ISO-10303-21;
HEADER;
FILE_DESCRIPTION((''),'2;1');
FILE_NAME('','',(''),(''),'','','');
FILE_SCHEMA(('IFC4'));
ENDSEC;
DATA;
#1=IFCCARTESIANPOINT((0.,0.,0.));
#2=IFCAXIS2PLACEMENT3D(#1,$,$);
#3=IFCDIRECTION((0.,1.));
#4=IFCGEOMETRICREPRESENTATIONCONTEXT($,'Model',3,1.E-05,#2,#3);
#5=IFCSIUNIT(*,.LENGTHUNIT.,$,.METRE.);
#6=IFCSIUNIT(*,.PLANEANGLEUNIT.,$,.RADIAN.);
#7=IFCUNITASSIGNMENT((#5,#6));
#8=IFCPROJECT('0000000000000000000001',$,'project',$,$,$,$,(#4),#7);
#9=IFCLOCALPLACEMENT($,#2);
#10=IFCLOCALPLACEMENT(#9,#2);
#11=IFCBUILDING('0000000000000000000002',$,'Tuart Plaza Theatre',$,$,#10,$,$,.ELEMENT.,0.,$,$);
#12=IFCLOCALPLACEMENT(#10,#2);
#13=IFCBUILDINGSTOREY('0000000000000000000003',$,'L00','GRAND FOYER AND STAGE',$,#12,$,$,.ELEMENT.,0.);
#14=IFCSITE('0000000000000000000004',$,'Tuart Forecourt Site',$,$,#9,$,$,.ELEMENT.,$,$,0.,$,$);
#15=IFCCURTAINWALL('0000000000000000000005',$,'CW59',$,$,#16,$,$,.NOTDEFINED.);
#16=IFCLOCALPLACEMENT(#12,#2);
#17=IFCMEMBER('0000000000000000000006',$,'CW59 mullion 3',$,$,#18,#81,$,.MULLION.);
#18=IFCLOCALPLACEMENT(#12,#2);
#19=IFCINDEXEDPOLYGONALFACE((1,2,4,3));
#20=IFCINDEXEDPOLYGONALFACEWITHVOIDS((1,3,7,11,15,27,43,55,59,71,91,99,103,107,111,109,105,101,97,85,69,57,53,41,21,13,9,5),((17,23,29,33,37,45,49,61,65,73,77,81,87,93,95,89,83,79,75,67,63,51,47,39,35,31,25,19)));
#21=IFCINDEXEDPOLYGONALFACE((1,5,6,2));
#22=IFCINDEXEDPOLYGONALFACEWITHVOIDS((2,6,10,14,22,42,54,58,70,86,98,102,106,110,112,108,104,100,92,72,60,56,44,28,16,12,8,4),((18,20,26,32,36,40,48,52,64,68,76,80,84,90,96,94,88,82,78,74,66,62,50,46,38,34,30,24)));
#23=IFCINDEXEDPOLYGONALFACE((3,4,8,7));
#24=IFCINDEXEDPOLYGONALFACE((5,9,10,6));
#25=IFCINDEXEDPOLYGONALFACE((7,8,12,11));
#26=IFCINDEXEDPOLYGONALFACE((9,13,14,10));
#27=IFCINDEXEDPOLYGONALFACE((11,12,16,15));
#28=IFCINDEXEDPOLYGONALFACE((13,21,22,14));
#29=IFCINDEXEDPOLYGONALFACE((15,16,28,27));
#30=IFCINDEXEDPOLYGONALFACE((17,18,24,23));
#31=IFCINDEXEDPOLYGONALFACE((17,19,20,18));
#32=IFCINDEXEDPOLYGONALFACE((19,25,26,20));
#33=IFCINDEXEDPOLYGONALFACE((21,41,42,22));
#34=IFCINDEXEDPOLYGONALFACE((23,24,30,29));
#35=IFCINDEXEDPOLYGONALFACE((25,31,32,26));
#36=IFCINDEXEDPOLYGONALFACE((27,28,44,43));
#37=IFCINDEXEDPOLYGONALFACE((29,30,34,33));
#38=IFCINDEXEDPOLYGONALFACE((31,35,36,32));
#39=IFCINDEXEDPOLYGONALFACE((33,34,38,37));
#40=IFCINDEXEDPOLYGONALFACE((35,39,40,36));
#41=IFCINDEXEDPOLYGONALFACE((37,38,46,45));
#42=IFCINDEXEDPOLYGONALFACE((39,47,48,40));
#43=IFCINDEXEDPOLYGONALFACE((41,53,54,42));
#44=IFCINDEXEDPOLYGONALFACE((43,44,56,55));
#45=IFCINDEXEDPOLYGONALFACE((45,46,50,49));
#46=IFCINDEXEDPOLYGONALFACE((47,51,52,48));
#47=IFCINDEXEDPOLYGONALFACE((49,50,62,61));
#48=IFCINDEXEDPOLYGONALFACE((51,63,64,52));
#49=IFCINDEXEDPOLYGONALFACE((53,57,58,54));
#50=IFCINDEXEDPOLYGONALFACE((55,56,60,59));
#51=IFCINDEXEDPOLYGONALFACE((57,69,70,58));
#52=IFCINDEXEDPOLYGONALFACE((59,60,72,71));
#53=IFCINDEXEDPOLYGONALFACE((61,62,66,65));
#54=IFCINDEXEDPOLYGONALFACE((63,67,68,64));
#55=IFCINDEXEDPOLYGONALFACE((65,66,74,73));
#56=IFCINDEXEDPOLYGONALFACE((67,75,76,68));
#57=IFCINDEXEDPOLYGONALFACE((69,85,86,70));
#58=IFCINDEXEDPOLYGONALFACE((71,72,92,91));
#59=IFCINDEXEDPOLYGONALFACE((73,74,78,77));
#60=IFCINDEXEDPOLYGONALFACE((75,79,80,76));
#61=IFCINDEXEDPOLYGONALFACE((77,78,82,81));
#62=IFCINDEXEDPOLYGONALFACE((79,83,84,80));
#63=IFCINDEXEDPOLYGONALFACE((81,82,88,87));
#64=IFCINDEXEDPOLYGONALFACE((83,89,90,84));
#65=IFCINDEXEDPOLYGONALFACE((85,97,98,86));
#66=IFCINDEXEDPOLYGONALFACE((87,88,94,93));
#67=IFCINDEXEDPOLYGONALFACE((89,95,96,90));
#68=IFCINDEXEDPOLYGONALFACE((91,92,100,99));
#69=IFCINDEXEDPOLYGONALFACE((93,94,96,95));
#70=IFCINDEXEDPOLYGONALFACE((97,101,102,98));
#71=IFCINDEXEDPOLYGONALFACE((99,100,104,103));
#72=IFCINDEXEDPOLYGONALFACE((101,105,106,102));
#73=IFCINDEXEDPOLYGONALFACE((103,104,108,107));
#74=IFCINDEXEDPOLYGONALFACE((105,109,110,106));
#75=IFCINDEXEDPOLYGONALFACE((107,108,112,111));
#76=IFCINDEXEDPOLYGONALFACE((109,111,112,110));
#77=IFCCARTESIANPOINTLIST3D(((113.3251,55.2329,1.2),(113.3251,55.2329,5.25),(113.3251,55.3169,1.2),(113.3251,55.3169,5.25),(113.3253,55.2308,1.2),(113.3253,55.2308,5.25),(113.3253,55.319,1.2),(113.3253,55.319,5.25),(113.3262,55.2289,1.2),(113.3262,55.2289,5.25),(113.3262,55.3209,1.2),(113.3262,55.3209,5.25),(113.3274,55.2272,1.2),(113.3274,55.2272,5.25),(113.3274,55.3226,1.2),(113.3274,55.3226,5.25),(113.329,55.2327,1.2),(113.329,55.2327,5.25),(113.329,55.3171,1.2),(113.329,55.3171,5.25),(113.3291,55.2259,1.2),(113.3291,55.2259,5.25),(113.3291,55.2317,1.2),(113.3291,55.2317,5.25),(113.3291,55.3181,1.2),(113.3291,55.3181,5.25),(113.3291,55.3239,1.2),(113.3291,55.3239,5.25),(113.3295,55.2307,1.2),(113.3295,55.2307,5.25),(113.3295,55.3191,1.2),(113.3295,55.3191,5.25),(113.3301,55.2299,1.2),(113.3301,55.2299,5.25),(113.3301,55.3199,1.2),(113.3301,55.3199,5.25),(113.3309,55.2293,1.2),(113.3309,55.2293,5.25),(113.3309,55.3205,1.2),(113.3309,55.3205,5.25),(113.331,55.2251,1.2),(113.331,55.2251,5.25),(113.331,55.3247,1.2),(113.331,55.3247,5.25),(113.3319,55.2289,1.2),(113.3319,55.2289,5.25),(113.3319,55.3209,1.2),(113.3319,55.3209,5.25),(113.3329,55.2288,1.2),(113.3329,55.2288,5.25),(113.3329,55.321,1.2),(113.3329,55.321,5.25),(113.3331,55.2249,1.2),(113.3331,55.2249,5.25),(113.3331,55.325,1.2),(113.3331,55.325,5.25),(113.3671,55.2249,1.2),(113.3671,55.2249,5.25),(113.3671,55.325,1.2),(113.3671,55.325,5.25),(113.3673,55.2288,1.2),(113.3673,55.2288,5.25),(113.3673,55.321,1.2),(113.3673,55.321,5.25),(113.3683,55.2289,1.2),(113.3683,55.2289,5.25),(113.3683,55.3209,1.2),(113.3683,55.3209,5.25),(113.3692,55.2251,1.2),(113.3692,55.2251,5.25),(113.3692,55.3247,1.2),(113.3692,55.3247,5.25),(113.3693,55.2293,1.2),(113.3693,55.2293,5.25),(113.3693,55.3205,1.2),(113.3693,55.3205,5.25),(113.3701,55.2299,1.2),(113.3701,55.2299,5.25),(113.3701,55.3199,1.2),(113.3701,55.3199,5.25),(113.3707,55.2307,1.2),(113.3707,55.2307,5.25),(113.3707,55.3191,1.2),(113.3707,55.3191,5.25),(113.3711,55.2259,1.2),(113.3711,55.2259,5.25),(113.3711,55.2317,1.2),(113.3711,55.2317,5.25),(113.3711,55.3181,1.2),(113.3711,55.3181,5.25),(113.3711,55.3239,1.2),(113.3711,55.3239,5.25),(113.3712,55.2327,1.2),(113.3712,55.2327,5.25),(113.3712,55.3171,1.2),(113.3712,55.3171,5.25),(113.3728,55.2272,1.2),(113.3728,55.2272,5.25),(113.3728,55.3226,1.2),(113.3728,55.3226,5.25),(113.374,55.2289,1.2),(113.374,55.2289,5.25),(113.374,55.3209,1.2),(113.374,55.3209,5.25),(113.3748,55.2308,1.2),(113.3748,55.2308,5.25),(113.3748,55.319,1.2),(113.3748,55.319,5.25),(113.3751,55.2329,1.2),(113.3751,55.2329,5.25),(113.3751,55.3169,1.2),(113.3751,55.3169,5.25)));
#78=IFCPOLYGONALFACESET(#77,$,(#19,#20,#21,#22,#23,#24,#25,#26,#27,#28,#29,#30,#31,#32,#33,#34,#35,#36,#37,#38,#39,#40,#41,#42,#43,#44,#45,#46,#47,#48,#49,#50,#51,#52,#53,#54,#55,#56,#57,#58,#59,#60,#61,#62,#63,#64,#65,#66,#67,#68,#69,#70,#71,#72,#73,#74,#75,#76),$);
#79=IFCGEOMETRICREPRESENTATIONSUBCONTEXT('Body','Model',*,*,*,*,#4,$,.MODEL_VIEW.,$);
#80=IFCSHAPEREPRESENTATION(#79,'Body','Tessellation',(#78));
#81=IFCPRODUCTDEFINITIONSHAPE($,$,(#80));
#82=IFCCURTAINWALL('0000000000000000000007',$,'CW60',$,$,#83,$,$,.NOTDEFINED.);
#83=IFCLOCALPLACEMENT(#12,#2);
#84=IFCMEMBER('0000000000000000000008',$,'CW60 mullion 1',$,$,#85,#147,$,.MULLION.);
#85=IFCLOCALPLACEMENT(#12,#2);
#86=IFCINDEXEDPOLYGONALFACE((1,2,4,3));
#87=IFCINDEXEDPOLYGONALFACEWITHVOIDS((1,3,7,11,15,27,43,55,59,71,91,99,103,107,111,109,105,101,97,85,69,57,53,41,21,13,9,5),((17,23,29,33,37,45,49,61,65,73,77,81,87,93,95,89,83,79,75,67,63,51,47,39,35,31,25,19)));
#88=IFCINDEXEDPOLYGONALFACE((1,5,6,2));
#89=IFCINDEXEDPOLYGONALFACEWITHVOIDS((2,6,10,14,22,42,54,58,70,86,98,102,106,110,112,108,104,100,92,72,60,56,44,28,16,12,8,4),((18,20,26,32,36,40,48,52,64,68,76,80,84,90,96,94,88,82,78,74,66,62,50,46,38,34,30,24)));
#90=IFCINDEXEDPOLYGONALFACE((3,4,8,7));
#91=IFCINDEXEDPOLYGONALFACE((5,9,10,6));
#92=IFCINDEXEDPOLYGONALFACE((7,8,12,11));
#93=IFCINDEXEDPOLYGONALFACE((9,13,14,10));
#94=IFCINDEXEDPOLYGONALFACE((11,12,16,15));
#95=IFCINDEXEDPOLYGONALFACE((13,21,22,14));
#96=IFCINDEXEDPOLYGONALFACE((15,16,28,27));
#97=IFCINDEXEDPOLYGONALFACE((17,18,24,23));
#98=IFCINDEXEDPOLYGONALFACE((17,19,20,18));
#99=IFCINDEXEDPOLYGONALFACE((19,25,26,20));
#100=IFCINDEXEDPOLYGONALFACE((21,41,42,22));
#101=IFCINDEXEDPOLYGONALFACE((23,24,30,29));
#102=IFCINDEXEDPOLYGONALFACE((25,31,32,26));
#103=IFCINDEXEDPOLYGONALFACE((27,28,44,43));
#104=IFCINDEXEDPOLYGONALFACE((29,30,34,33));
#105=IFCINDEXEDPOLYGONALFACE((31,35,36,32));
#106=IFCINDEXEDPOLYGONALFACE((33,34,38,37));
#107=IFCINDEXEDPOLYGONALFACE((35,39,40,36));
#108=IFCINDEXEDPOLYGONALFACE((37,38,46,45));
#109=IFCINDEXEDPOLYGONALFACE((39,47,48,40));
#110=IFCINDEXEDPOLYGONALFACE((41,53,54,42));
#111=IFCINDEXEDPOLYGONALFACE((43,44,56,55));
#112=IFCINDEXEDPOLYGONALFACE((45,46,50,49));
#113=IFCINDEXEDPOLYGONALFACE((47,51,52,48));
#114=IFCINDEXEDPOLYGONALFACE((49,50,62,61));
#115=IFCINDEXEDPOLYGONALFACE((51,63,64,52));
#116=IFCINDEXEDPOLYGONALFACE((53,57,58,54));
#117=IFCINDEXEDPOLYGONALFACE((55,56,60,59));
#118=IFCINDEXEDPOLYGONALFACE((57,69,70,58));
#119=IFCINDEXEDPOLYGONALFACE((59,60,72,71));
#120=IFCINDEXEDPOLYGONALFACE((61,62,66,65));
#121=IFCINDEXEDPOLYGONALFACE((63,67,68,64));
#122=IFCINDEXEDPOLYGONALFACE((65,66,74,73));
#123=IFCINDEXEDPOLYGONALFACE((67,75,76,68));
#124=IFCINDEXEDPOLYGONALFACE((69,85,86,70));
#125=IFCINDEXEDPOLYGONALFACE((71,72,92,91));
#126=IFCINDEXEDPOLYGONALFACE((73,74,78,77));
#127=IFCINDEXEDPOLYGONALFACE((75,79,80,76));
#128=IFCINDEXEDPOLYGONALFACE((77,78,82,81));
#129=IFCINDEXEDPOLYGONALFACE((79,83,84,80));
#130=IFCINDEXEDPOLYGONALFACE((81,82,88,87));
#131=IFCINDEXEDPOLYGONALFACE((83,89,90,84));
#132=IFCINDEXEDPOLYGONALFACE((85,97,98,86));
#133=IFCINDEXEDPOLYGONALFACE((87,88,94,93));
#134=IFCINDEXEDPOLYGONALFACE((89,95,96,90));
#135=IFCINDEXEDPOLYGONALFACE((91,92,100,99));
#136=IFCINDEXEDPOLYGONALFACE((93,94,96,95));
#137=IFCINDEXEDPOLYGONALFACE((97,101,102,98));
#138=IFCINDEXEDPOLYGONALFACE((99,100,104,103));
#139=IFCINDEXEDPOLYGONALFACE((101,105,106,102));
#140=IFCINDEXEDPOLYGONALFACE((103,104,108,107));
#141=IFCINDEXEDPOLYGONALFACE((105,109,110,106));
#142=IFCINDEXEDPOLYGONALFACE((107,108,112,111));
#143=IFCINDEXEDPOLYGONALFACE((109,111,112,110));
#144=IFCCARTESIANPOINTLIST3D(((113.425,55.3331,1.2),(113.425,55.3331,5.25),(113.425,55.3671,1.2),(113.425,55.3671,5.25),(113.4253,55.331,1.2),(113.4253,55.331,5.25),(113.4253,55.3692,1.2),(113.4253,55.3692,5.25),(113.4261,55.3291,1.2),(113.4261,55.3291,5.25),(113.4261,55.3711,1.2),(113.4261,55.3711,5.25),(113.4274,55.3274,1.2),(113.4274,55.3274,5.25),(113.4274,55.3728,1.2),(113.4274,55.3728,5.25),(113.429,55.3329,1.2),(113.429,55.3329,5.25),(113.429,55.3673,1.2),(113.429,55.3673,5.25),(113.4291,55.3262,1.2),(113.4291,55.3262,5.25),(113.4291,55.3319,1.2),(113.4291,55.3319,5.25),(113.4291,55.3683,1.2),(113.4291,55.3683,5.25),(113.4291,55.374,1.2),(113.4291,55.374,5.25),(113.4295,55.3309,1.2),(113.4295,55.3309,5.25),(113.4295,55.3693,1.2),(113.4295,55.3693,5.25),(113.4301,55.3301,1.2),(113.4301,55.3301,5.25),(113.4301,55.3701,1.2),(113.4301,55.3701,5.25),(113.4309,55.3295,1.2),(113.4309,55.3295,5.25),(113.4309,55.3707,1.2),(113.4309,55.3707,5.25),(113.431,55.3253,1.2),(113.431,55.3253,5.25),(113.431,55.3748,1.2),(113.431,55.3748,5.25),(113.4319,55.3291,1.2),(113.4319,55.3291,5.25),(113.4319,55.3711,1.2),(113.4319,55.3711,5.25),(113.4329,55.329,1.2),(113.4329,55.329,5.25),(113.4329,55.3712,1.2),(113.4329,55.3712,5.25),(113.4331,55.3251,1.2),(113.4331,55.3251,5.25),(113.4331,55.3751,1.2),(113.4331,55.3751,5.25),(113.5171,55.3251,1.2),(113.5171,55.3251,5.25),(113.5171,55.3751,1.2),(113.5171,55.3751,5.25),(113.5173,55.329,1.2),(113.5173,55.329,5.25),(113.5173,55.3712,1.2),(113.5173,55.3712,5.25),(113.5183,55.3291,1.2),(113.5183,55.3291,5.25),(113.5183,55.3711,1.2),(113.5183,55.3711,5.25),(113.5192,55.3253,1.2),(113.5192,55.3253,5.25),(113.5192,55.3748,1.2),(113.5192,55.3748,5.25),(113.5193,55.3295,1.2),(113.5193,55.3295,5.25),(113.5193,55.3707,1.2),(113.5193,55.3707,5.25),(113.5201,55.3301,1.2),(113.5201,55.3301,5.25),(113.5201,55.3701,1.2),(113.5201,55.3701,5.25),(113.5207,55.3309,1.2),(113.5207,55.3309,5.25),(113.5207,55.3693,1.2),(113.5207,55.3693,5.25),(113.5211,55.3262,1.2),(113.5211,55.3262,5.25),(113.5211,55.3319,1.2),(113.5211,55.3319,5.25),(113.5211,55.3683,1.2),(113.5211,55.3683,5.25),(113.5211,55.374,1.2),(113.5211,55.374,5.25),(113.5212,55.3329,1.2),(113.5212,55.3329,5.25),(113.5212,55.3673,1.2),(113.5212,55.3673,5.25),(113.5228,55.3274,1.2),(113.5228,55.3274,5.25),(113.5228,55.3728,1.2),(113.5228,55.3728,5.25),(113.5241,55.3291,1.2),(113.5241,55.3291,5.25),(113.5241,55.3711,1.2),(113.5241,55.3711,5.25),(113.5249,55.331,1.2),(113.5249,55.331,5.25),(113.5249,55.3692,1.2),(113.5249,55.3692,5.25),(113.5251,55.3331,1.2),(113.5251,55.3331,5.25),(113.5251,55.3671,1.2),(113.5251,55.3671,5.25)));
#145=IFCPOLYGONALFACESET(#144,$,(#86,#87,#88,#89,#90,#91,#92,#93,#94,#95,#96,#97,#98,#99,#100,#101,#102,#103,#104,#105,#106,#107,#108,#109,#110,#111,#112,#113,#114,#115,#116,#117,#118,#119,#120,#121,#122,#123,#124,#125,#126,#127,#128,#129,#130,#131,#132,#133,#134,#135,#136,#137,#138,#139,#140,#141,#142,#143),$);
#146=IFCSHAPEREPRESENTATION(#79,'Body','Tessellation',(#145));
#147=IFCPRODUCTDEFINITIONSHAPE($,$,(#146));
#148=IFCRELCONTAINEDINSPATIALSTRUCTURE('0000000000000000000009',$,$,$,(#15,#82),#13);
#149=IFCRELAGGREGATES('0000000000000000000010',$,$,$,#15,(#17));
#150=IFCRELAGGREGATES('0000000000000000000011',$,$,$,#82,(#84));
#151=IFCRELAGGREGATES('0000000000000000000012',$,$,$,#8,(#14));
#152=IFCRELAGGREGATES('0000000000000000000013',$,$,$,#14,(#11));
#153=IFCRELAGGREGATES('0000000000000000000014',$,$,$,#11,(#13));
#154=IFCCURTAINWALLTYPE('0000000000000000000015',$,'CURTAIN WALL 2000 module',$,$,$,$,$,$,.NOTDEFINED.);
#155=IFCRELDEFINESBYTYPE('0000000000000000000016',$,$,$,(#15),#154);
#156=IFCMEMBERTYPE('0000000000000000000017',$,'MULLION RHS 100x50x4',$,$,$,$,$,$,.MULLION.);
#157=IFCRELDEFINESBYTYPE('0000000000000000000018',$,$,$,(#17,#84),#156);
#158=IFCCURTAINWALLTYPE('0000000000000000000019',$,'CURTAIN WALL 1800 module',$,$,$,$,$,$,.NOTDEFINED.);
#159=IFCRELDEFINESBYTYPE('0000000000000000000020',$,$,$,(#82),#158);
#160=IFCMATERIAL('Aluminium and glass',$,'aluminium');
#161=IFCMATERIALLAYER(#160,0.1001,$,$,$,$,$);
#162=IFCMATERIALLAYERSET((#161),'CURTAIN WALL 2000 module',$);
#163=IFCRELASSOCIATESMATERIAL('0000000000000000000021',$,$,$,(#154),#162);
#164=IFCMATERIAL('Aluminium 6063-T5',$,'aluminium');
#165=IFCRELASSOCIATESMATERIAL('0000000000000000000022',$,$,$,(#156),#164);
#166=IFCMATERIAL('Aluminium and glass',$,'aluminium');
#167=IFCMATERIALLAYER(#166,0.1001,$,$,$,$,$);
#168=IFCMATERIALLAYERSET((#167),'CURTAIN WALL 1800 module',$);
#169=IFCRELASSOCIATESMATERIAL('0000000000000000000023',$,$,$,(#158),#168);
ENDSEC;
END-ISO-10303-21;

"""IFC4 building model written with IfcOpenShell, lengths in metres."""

from ifc_helpers import new_model, si_unit, direction, frame, origin, origin_2d, place, context, subcontext, project, spatial, hollow_rectangle, extrude, material, layer, layer_set, material_profile, profile_set, type_object, element, aggregate, save


model = new_model("IFC4")

# Units and contexts
model_context = context("Model", 3, precision=1e-05, world=origin(), true_north=direction((0.0, 1.0)))
body_context = subcontext(model_context, "Body", "Model", "MODEL_VIEW")
ifc_project = project(units=[si_unit("LENGTHUNIT", "METRE"), si_unit("PLANEANGLEUNIT", "RADIAN")], contexts=[model_context])

# Site, building, storey
site_placement = place(None, origin())
site = spatial("IfcSite", under=ifc_project, at=site_placement, Name="Tuart Forecourt Site", CompositionType="ELEMENT", RefElevation=0.0)
building_placement = place(site_placement, origin())
building = spatial("IfcBuilding", under=site, at=building_placement, Name="Tuart Plaza Theatre", CompositionType="ELEMENT", ElevationOfRefHeight=0.0)
storey_placement = place(building_placement, origin())
storey = spatial("IfcBuildingStorey", under=building, at=storey_placement, Name="L00", Description="GRAND FOYER AND STAGE", CompositionType="ELEMENT", Elevation=0.0)

# Curtain walls, members
ifc_material_1 = material(Name="Aluminium and glass", Category="aluminium")
ifc_layer_1 = layer(ifc_material_1, 0.1001)
ifc_layer_set_1 = layer_set([ifc_layer_1], Name="CURTAIN WALL 2000 module")
curtain_wall_type_1 = type_object("IfcCurtainWallType", Name="CURTAIN WALL 2000 module", PredefinedType="NOTDEFINED", material=ifc_layer_set_1)
ifc_material_2 = material(Name="Aluminium 6063-T5", Category="aluminium")
ifc_material_profile_1 = material_profile(ifc_material_2, hollow_rectangle(XDim=0.05, YDim=0.1001, WallThickness=0.0039, InnerFilletRadius=0.0039, OuterFilletRadius=0.0081, at=origin_2d()), Name="RHS 100x50x4")
ifc_profile_set_1 = profile_set([ifc_material_profile_1], Name="Aluminium 6063-T5")
member_type_1 = type_object("IfcMemberType", Name="MULLION RHS 100x50x4", PredefinedType="MULLION", material=ifc_profile_set_1)
curtain_wall_1_placement = place(storey_placement, origin())
curtain_wall_1 = element("IfcCurtainWall", 1, at=curtain_wall_1_placement, inside=storey, type_object=curtain_wall_type_1, Name="CW59", PredefinedType="NOTDEFINED")
member_1_placement = place(storey_placement, frame((113.3501, 55.2749, 1.2), z_axis=(0.0, 0.0, 1.0), x_axis=(1.0, 0.0, 0.0)))
member_1 = element("IfcMember", 2, at=member_1_placement, type_object=member_type_1, Name="CW59 mullion 3", PredefinedType="MULLION", context=body_context, shape_type="SweptSolid", body=[
    extrude(hollow_rectangle(XDim=0.05, YDim=0.1001, WallThickness=0.0039, InnerFilletRadius=0.0039, OuterFilletRadius=0.0081, at=origin_2d()), origin(), (0.0, 0.0, 1.0), 4.05),
])
aggregate(curtain_wall_1, [member_1])
ifc_material_3 = material(Name="Aluminium and glass", Category="aluminium")
ifc_layer_2 = layer(ifc_material_3, 0.1001)
ifc_layer_set_2 = layer_set([ifc_layer_2], Name="CURTAIN WALL 1800 module")
curtain_wall_type_2 = type_object("IfcCurtainWallType", Name="CURTAIN WALL 1800 module", PredefinedType="NOTDEFINED", material=ifc_layer_set_2)
curtain_wall_2_placement = place(storey_placement, origin())
curtain_wall_2 = element("IfcCurtainWall", 3, at=curtain_wall_2_placement, inside=storey, type_object=curtain_wall_type_2, Name="CW60", PredefinedType="NOTDEFINED")
member_2_placement = place(storey_placement, frame((113.4751, 55.3501, 1.2), z_axis=(0.0, 0.0, 1.0), x_axis=(0.0, 1.0, 0.0)))
member_2 = element("IfcMember", 4, at=member_2_placement, type_object=member_type_1, Name="CW60 mullion 1", PredefinedType="MULLION", context=body_context, shape_type="SweptSolid", body=[
    extrude(hollow_rectangle(XDim=0.05, YDim=0.1001, WallThickness=0.0039, InnerFilletRadius=0.0039, OuterFilletRadius=0.0081, at=origin_2d()), origin(), (0.0, 0.0, 1.0), 4.05),
])

aggregate(curtain_wall_2, [member_2])

save(model, "model.ifc")
